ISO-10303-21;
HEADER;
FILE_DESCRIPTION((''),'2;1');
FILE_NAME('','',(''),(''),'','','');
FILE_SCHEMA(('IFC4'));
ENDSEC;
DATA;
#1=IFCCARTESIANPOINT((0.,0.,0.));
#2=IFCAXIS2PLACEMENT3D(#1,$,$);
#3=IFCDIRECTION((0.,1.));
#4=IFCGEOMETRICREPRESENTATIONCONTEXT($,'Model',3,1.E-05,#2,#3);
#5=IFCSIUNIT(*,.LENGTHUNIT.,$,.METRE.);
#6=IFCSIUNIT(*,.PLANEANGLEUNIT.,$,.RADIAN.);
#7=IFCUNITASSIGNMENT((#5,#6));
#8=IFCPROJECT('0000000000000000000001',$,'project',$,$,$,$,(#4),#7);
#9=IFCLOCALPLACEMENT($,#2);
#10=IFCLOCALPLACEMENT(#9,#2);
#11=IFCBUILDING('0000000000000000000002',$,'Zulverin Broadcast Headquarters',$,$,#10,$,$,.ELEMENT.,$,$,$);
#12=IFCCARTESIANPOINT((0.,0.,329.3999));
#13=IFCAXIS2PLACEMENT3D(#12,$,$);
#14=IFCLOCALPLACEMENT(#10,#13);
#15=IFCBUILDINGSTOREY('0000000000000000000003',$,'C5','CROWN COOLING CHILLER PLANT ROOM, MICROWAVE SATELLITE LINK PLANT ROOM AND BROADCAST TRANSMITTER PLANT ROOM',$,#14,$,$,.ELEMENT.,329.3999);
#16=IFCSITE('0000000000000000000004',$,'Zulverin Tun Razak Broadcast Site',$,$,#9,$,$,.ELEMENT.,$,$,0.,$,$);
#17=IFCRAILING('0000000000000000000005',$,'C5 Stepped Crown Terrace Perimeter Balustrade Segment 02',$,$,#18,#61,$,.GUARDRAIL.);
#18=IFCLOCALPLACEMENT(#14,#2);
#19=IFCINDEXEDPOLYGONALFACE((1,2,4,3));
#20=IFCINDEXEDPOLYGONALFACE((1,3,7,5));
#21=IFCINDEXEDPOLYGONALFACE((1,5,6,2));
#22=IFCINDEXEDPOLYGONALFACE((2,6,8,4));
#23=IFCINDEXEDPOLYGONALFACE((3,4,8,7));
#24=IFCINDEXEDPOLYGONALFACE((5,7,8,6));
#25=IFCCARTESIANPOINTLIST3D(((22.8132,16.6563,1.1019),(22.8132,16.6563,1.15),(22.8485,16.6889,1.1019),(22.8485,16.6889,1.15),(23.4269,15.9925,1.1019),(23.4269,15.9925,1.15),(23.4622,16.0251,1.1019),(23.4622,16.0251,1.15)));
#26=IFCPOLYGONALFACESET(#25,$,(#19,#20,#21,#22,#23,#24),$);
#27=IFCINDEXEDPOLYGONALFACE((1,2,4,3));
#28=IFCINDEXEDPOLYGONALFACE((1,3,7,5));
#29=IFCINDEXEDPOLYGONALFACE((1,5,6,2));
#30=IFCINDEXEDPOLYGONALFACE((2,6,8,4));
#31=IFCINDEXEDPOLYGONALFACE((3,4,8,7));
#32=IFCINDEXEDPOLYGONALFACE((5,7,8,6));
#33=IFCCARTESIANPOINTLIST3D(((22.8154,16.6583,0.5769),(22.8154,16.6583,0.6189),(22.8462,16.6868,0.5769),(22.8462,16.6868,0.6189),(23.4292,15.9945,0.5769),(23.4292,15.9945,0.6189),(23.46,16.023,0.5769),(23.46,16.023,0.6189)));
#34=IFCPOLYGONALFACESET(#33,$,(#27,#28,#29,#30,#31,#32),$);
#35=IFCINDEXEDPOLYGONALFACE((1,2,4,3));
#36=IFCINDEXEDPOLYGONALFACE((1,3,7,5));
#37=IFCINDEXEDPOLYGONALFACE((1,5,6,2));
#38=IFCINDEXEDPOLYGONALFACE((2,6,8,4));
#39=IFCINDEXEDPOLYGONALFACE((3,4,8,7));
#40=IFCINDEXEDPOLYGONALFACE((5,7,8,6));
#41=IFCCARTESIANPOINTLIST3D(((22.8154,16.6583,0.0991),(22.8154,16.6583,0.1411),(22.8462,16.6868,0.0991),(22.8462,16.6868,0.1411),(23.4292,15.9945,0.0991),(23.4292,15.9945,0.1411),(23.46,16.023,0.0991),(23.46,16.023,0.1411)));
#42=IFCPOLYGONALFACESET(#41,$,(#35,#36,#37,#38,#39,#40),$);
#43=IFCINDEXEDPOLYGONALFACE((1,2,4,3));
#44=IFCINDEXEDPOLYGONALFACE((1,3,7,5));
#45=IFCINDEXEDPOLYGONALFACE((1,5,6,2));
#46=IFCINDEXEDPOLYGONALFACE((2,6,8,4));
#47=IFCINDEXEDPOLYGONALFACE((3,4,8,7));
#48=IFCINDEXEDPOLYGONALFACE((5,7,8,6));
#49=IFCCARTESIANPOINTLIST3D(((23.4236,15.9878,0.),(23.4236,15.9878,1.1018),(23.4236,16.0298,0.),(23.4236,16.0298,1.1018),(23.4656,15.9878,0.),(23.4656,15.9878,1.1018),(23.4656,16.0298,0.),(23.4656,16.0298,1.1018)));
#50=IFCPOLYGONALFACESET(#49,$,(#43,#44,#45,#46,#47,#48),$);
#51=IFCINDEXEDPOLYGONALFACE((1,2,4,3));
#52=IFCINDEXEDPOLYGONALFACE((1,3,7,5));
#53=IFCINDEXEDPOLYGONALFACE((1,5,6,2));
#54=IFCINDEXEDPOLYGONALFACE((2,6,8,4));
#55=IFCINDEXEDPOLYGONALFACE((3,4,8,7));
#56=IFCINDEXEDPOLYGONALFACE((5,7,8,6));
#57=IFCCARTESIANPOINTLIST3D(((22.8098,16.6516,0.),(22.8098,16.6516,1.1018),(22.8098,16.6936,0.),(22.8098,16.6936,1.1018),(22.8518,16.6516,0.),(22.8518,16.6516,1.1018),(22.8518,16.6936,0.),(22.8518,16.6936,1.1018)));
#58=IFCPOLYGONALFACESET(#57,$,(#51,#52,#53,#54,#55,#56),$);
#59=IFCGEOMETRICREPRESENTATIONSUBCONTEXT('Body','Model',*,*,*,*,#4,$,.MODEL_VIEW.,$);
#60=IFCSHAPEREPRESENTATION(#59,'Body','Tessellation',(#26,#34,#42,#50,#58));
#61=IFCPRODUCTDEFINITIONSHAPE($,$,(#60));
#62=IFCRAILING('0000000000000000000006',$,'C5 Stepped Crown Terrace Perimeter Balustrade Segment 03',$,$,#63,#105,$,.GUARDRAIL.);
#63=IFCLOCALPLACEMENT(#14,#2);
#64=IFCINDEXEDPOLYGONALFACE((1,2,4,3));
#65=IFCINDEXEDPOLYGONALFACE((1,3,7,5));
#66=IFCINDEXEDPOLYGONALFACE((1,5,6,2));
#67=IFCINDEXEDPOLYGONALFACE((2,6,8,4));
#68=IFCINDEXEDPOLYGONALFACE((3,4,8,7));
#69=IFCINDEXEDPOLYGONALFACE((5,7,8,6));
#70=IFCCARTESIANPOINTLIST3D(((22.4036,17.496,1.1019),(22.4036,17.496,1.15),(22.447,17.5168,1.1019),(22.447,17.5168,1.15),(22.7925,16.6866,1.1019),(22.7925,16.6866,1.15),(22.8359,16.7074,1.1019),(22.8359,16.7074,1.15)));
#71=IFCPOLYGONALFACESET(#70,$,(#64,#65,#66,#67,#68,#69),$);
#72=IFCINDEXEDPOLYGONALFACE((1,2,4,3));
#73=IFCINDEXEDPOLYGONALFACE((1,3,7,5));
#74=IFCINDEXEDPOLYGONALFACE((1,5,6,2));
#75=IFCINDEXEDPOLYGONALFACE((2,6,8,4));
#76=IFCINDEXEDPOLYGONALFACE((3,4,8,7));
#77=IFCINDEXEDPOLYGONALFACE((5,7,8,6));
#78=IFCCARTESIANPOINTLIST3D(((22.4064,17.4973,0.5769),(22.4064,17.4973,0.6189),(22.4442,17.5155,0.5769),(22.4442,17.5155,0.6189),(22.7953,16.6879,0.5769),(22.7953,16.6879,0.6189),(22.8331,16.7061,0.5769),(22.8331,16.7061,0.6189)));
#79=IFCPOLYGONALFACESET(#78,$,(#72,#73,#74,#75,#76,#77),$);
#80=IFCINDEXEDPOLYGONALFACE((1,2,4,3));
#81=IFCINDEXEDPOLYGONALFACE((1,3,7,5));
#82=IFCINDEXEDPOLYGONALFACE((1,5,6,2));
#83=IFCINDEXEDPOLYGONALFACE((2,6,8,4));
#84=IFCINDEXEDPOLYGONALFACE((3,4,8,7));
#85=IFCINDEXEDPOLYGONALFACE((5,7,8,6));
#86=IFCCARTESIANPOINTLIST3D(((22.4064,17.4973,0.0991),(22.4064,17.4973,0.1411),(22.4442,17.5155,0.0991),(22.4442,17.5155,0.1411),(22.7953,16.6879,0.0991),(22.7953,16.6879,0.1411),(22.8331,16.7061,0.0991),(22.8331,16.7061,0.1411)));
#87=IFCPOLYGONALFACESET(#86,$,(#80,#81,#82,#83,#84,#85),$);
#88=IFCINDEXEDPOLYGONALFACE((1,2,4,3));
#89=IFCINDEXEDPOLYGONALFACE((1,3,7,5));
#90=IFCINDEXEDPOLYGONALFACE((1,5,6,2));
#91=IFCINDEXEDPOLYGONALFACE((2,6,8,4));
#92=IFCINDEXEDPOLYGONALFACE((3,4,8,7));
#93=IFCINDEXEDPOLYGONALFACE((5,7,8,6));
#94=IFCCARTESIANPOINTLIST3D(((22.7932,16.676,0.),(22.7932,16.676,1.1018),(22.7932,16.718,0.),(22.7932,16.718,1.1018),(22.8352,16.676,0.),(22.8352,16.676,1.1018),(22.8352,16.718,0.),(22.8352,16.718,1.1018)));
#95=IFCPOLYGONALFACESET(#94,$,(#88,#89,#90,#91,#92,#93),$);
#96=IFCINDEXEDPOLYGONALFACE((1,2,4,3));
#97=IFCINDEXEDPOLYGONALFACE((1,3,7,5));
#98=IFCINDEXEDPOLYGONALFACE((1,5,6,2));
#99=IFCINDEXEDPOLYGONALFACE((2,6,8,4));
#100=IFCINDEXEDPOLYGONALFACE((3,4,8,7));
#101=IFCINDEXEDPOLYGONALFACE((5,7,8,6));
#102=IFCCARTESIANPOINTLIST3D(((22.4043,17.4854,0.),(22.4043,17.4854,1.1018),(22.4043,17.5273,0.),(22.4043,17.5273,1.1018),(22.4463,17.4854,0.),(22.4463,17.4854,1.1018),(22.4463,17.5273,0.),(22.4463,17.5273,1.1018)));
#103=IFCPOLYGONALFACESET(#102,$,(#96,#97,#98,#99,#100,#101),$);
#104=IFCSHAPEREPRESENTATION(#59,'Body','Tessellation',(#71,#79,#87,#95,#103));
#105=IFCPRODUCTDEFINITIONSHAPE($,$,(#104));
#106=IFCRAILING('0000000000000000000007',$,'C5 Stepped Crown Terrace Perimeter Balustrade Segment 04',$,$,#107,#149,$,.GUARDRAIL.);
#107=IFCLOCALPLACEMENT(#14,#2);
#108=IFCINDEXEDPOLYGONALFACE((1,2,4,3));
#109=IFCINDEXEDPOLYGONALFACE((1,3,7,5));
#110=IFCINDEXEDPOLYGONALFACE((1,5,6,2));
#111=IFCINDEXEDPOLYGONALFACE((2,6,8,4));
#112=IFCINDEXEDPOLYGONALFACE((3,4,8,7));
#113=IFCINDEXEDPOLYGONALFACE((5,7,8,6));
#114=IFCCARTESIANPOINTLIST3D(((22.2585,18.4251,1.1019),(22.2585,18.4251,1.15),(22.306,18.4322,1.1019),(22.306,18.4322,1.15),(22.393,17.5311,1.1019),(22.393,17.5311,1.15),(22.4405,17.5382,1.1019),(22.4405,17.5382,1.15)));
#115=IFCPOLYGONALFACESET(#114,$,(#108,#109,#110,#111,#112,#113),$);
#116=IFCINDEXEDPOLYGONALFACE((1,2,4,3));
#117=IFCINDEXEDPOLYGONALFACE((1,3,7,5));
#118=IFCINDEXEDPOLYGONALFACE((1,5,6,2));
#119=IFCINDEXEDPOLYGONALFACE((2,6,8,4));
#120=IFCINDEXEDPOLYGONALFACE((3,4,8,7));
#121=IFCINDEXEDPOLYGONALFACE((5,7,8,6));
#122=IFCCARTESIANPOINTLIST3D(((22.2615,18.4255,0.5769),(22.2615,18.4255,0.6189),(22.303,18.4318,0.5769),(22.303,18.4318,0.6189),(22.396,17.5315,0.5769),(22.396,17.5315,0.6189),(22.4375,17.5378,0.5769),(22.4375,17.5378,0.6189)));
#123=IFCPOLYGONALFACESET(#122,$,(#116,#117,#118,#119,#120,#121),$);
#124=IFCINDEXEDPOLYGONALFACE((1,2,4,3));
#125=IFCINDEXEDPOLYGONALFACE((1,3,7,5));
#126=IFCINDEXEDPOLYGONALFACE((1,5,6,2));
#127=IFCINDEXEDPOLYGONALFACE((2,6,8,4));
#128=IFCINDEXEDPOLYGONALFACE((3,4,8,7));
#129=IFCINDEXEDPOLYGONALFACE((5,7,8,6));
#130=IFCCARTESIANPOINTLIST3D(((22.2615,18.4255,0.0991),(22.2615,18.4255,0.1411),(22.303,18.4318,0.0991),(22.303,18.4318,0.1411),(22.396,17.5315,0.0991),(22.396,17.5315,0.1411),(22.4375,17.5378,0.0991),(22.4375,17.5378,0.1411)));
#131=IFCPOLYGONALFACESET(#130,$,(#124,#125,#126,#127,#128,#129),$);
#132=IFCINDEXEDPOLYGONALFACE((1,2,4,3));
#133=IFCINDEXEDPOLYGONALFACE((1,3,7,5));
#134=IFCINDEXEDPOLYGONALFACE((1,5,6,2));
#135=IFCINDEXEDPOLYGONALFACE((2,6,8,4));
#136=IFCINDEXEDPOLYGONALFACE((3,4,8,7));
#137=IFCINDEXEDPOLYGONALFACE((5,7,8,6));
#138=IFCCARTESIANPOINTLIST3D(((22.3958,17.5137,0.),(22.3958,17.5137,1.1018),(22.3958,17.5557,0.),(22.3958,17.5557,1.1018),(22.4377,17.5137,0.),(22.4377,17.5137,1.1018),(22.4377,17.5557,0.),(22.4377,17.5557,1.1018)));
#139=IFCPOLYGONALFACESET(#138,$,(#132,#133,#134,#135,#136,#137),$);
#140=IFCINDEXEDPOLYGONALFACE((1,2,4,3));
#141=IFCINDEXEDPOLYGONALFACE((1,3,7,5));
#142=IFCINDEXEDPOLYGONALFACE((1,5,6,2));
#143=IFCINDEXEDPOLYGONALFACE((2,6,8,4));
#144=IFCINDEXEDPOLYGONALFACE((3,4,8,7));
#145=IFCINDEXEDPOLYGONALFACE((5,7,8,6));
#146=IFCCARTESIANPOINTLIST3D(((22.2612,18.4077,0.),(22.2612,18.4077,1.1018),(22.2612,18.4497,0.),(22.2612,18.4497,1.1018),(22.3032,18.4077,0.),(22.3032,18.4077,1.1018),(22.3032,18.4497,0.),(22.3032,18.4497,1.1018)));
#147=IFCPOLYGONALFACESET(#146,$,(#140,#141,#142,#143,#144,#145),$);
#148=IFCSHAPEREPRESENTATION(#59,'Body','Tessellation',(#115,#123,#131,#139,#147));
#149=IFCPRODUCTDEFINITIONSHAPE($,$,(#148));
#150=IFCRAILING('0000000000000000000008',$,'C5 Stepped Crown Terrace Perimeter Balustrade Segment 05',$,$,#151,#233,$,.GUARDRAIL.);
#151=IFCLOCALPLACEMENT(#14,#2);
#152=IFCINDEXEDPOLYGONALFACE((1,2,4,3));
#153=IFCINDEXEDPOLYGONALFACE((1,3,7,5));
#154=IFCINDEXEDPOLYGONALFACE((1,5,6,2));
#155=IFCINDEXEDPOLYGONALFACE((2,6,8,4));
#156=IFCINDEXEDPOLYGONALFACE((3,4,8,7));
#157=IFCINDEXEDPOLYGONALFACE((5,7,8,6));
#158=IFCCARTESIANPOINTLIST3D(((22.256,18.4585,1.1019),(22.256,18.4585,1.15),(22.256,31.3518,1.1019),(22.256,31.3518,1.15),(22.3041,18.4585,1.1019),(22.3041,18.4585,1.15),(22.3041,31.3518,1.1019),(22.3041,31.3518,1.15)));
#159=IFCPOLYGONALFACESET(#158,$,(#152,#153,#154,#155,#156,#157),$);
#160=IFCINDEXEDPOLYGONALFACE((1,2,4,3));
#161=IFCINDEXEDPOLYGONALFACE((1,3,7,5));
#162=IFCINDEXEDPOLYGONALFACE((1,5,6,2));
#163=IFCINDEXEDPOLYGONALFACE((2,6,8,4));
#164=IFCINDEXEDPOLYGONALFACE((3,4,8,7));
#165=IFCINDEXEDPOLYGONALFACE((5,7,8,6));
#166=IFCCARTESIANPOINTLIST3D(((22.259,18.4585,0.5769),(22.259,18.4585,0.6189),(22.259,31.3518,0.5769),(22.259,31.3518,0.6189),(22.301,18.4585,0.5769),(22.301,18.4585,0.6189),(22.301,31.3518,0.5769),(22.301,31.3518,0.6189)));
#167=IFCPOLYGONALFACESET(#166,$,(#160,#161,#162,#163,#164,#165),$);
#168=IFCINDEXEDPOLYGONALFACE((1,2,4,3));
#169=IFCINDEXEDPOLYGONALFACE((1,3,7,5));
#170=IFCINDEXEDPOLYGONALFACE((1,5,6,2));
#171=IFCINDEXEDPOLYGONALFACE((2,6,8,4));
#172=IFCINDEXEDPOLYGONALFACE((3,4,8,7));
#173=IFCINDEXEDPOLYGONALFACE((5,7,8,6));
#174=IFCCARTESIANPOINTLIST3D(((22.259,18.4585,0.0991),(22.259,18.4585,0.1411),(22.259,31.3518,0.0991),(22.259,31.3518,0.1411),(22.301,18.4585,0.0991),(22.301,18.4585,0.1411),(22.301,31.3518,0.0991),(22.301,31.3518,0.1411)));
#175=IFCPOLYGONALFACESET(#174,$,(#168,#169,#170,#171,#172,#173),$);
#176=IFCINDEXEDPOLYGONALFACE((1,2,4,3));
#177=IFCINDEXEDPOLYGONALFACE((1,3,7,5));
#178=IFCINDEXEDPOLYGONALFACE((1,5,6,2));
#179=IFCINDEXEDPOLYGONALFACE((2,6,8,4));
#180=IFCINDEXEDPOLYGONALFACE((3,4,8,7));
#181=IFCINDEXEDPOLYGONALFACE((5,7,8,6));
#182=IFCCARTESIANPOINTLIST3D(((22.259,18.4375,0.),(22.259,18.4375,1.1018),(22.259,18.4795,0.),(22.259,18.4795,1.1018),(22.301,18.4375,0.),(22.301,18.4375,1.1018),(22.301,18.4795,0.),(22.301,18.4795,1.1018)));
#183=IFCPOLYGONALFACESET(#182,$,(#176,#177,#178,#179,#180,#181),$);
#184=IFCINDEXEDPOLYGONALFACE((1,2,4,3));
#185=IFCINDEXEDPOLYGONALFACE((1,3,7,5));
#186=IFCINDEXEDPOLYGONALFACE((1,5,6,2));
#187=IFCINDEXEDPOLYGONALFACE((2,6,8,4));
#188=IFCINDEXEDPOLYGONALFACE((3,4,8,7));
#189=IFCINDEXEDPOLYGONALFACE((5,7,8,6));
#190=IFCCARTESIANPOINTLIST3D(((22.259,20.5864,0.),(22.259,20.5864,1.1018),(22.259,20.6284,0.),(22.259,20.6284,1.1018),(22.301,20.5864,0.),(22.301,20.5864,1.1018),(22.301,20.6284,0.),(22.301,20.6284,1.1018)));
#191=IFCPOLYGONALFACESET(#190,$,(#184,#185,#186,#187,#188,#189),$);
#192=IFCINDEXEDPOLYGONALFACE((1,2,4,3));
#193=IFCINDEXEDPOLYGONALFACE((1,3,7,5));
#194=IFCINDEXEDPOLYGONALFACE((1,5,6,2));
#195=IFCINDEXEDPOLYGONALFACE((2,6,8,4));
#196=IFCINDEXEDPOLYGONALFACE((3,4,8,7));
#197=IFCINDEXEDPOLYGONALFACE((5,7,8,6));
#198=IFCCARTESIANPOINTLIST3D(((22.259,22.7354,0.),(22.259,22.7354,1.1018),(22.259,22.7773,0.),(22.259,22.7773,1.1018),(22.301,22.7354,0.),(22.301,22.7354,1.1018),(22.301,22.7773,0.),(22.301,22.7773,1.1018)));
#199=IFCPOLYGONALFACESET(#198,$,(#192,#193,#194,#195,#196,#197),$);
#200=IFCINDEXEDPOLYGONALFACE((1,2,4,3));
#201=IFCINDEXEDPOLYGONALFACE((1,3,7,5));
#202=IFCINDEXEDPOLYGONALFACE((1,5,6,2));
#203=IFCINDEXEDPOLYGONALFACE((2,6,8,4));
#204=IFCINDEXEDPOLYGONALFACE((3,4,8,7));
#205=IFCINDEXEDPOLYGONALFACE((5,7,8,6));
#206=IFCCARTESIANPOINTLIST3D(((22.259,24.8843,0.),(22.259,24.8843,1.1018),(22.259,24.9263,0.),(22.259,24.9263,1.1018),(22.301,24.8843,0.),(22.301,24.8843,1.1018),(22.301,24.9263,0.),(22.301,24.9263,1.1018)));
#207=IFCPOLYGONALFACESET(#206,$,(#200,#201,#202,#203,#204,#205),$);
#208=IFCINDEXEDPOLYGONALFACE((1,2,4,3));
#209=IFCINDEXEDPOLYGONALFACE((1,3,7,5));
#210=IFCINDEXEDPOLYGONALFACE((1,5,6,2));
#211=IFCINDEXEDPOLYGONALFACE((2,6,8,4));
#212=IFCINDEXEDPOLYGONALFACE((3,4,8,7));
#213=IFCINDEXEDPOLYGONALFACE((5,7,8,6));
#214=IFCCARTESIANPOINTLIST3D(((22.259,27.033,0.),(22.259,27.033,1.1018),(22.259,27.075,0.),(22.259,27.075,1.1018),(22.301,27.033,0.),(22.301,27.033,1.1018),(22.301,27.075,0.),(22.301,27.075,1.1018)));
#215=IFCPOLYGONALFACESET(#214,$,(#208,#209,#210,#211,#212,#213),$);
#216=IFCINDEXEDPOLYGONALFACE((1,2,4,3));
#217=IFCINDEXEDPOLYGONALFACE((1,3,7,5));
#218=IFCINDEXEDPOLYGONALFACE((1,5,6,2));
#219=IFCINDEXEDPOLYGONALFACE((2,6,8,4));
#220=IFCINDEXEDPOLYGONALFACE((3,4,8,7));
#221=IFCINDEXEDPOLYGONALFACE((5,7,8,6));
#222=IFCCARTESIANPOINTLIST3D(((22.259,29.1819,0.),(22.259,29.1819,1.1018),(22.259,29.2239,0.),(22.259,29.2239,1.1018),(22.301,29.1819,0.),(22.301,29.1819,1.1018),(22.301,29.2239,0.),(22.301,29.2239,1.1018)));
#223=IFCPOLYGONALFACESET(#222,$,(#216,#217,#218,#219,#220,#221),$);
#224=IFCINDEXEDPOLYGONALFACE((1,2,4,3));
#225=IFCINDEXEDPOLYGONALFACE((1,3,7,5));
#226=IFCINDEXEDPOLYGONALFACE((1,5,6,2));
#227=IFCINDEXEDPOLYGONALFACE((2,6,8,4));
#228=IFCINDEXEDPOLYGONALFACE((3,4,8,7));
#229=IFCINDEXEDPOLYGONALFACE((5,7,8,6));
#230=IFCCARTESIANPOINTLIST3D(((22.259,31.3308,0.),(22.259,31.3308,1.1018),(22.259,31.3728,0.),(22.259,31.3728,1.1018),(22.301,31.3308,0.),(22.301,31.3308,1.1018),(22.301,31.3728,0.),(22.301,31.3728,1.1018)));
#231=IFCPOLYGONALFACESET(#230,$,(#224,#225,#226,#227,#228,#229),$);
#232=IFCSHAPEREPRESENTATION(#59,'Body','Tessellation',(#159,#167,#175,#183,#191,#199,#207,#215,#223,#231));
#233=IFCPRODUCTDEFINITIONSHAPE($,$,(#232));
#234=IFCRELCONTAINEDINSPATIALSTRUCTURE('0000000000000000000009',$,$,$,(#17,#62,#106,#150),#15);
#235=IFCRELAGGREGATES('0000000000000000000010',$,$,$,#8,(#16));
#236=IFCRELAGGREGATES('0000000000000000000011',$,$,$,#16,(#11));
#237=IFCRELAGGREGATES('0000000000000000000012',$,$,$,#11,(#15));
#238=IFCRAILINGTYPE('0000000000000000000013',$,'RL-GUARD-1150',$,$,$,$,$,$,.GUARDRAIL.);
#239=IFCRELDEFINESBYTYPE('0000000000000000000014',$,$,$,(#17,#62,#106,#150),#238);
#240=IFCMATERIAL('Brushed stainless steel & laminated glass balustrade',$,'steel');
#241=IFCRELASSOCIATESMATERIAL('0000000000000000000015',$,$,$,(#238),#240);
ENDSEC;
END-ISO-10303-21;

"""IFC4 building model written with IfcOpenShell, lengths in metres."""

from ifc_helpers import new_model, si_unit, direction, frame, origin, origin_2d, place, context, subcontext, project, spatial, rectangle, extrude, material, type_object, element, save


model = new_model("IFC4")

# Units and contexts
model_context = context("Model", 3, precision=1e-05, world=origin(), true_north=direction((0.0, 1.0)))
body_context = subcontext(model_context, "Body", "Model", "MODEL_VIEW")
ifc_project = project(units=[si_unit("LENGTHUNIT", "METRE"), si_unit("PLANEANGLEUNIT", "RADIAN")], contexts=[model_context])

# Site, building, storey
site_placement = place(None, origin())
site = spatial("IfcSite", under=ifc_project, at=site_placement, Name="Zulverin Tun Razak Broadcast Site", CompositionType="ELEMENT", RefElevation=0.0)
building_placement = place(site_placement, origin())
building = spatial("IfcBuilding", under=site, at=building_placement, Name="Zulverin Broadcast Headquarters", CompositionType="ELEMENT")
storey_placement = place(building_placement, frame((0.0, 0.0, 329.3999)))
storey = spatial("IfcBuildingStorey", under=building, at=storey_placement, Name="C5", Description="CROWN COOLING CHILLER PLANT ROOM, MICROWAVE SATELLITE LINK PLANT ROOM AND BROADCAST TRANSMITTER PLANT ROOM", CompositionType="ELEMENT", Elevation=329.3999)

# Railings
ifc_material_1 = material(Name="Brushed stainless steel & laminated glass balustrade", Category="steel")
railing_type = type_object("IfcRailingType", Name="RL-GUARD-1150", PredefinedType="GUARDRAIL", material=ifc_material_1)
railing_1_placement = place(storey_placement, frame((23.4446, 16.0088, 0.0)))
element("IfcRailing", 1, at=railing_1_placement, inside=storey, type_object=railing_type, Name="C5 Stepped Crown Terrace Perimeter Balustrade Segment 02", PredefinedType="GUARDRAIL", context=body_context, shape_type="SweptSolid", body=[
    extrude(rectangle(XDim=0.0481, YDim=0.0481, at=origin_2d()), frame((0.0, 0.0, 1.126), z_axis=(-0.678886, 0.734244, 0.0), x_axis=(-0.734244, -0.678886, 0.0)), (0.0, 0.0, 1.0), 0.9041),
    extrude(rectangle(XDim=0.042, YDim=0.042, at=origin_2d()), frame((0.0, 0.0, 0.5979), z_axis=(-0.678886, 0.734244, 0.0), x_axis=(-0.734244, -0.678886, 0.0)), (0.0, 0.0, 1.0), 0.9041),
    extrude(rectangle(XDim=0.042, YDim=0.042, at=origin_2d()), frame((0.0, 0.0, 0.1201), z_axis=(-0.678886, 0.734244, 0.0), x_axis=(-0.734244, -0.678886, 0.0)), (0.0, 0.0, 1.0), 0.9041),
    extrude(rectangle(XDim=0.042, YDim=0.042, at=origin_2d()), origin(), (0.0, 0.0, 1.0), 1.1018),
    extrude(rectangle(XDim=0.042, YDim=0.042, at=origin_2d()), frame((-0.6138, 0.6638, 0.0)), (0.0, 0.0, 1.0), 1.1018),
])
railing_2_placement = place(storey_placement, frame((22.8142, 16.697, 0.0)))
element("IfcRailing", 2, at=railing_2_placement, inside=storey, type_object=railing_type, Name="C5 Stepped Crown Terrace Perimeter Balustrade Segment 03", PredefinedType="GUARDRAIL", context=body_context, shape_type="SweptSolid", body=[
    extrude(rectangle(XDim=0.0481, YDim=0.0481, at=origin_2d()), frame((0.0, 0.0, 1.126), z_axis=(-0.433129, 0.901332, 0.0), x_axis=(-0.901332, -0.433129, 0.0)), (0.0, 0.0, 1.0), 0.8979),
    extrude(rectangle(XDim=0.042, YDim=0.042, at=origin_2d()), frame((0.0, 0.0, 0.5979), z_axis=(-0.433129, 0.901332, 0.0), x_axis=(-0.901332, -0.433129, 0.0)), (0.0, 0.0, 1.0), 0.8979),
    extrude(rectangle(XDim=0.042, YDim=0.042, at=origin_2d()), frame((0.0, 0.0, 0.1201), z_axis=(-0.433129, 0.901332, 0.0), x_axis=(-0.901332, -0.433129, 0.0)), (0.0, 0.0, 1.0), 0.8979),
    extrude(rectangle(XDim=0.042, YDim=0.042, at=origin_2d()), origin(), (0.0, 0.0, 1.0), 1.1018),
    extrude(rectangle(XDim=0.042, YDim=0.042, at=origin_2d()), frame((-0.3889, 0.8093, 0.0)), (0.0, 0.0, 1.0), 1.1018),
])
railing_3_placement = place(storey_placement, frame((22.4167, 17.5347, 0.0)))
element("IfcRailing", 3, at=railing_3_placement, inside=storey, type_object=railing_type, Name="C5 Stepped Crown Terrace Perimeter Balustrade Segment 04", PredefinedType="GUARDRAIL", context=body_context, shape_type="SweptSolid", body=[
    extrude(rectangle(XDim=0.0481, YDim=0.0481, at=origin_2d()), frame((0.0, 0.0, 1.126), z_axis=(-0.148789, 0.988869, 0.0), x_axis=(-0.988869, -0.148789, 0.0)), (0.0, 0.0, 1.0), 0.9041),
    extrude(rectangle(XDim=0.042, YDim=0.042, at=origin_2d()), frame((0.0, 0.0, 0.5979), z_axis=(-0.148789, 0.988869, 0.0), x_axis=(-0.988869, -0.148789, 0.0)), (0.0, 0.0, 1.0), 0.9041),
    extrude(rectangle(XDim=0.042, YDim=0.042, at=origin_2d()), frame((0.0, 0.0, 0.1201), z_axis=(-0.148789, 0.988869, 0.0), x_axis=(-0.988869, -0.148789, 0.0)), (0.0, 0.0, 1.0), 0.9041),
    extrude(rectangle(XDim=0.042, YDim=0.042, at=origin_2d()), origin(), (0.0, 0.0, 1.0), 1.1018),
    extrude(rectangle(XDim=0.042, YDim=0.042, at=origin_2d()), frame((-0.1345, 0.894, 0.0)), (0.0, 0.0, 1.0), 1.1018),
])
railing_4_placement = place(storey_placement, frame((22.28, 18.4585, 0.0)))
element("IfcRailing", 4, at=railing_4_placement, inside=storey, type_object=railing_type, Name="C5 Stepped Crown Terrace Perimeter Balustrade Segment 05", PredefinedType="GUARDRAIL", context=body_context, shape_type="SweptSolid", body=[
    extrude(rectangle(XDim=0.0481, YDim=0.0481, at=origin_2d()), frame((0.0, 0.0, 1.126), z_axis=(0.0, 1.0, 0.0), x_axis=(-1.0, 0.0, 0.0)), (0.0, 0.0, 1.0), 12.8933),
    extrude(rectangle(XDim=0.042, YDim=0.042, at=origin_2d()), frame((0.0, 0.0, 0.5979), z_axis=(0.0, 1.0, 0.0), x_axis=(-1.0, 0.0, 0.0)), (0.0, 0.0, 1.0), 12.8933),
    extrude(rectangle(XDim=0.042, YDim=0.042, at=origin_2d()), frame((0.0, 0.0, 0.1201), z_axis=(0.0, 1.0, 0.0), x_axis=(-1.0, 0.0, 0.0)), (0.0, 0.0, 1.0), 12.8933),
    extrude(rectangle(XDim=0.042, YDim=0.042, at=origin_2d()), origin(), (0.0, 0.0, 1.0), 1.1018),
    extrude(rectangle(XDim=0.042, YDim=0.042, at=origin_2d()), frame((0.0, 2.1489, 0.0)), (0.0, 0.0, 1.0), 1.1018),
    extrude(rectangle(XDim=0.042, YDim=0.042, at=origin_2d()), frame((0.0, 4.2979, 0.0)), (0.0, 0.0, 1.0), 1.1018),
    extrude(rectangle(XDim=0.042, YDim=0.042, at=origin_2d()), frame((0.0, 6.4468, 0.0)), (0.0, 0.0, 1.0), 1.1018),
    extrude(rectangle(XDim=0.042, YDim=0.042, at=origin_2d()), frame((0.0, 8.5955, 0.0)), (0.0, 0.0, 1.0), 1.1018),
    extrude(rectangle(XDim=0.042, YDim=0.042, at=origin_2d()), frame((0.0, 10.7444, 0.0)), (0.0, 0.0, 1.0), 1.1018),
    extrude(rectangle(XDim=0.042, YDim=0.042, at=origin_2d()), frame((0.0, 12.8933, 0.0)), (0.0, 0.0, 1.0), 1.1018),
])

save(model, "model.ifc")
